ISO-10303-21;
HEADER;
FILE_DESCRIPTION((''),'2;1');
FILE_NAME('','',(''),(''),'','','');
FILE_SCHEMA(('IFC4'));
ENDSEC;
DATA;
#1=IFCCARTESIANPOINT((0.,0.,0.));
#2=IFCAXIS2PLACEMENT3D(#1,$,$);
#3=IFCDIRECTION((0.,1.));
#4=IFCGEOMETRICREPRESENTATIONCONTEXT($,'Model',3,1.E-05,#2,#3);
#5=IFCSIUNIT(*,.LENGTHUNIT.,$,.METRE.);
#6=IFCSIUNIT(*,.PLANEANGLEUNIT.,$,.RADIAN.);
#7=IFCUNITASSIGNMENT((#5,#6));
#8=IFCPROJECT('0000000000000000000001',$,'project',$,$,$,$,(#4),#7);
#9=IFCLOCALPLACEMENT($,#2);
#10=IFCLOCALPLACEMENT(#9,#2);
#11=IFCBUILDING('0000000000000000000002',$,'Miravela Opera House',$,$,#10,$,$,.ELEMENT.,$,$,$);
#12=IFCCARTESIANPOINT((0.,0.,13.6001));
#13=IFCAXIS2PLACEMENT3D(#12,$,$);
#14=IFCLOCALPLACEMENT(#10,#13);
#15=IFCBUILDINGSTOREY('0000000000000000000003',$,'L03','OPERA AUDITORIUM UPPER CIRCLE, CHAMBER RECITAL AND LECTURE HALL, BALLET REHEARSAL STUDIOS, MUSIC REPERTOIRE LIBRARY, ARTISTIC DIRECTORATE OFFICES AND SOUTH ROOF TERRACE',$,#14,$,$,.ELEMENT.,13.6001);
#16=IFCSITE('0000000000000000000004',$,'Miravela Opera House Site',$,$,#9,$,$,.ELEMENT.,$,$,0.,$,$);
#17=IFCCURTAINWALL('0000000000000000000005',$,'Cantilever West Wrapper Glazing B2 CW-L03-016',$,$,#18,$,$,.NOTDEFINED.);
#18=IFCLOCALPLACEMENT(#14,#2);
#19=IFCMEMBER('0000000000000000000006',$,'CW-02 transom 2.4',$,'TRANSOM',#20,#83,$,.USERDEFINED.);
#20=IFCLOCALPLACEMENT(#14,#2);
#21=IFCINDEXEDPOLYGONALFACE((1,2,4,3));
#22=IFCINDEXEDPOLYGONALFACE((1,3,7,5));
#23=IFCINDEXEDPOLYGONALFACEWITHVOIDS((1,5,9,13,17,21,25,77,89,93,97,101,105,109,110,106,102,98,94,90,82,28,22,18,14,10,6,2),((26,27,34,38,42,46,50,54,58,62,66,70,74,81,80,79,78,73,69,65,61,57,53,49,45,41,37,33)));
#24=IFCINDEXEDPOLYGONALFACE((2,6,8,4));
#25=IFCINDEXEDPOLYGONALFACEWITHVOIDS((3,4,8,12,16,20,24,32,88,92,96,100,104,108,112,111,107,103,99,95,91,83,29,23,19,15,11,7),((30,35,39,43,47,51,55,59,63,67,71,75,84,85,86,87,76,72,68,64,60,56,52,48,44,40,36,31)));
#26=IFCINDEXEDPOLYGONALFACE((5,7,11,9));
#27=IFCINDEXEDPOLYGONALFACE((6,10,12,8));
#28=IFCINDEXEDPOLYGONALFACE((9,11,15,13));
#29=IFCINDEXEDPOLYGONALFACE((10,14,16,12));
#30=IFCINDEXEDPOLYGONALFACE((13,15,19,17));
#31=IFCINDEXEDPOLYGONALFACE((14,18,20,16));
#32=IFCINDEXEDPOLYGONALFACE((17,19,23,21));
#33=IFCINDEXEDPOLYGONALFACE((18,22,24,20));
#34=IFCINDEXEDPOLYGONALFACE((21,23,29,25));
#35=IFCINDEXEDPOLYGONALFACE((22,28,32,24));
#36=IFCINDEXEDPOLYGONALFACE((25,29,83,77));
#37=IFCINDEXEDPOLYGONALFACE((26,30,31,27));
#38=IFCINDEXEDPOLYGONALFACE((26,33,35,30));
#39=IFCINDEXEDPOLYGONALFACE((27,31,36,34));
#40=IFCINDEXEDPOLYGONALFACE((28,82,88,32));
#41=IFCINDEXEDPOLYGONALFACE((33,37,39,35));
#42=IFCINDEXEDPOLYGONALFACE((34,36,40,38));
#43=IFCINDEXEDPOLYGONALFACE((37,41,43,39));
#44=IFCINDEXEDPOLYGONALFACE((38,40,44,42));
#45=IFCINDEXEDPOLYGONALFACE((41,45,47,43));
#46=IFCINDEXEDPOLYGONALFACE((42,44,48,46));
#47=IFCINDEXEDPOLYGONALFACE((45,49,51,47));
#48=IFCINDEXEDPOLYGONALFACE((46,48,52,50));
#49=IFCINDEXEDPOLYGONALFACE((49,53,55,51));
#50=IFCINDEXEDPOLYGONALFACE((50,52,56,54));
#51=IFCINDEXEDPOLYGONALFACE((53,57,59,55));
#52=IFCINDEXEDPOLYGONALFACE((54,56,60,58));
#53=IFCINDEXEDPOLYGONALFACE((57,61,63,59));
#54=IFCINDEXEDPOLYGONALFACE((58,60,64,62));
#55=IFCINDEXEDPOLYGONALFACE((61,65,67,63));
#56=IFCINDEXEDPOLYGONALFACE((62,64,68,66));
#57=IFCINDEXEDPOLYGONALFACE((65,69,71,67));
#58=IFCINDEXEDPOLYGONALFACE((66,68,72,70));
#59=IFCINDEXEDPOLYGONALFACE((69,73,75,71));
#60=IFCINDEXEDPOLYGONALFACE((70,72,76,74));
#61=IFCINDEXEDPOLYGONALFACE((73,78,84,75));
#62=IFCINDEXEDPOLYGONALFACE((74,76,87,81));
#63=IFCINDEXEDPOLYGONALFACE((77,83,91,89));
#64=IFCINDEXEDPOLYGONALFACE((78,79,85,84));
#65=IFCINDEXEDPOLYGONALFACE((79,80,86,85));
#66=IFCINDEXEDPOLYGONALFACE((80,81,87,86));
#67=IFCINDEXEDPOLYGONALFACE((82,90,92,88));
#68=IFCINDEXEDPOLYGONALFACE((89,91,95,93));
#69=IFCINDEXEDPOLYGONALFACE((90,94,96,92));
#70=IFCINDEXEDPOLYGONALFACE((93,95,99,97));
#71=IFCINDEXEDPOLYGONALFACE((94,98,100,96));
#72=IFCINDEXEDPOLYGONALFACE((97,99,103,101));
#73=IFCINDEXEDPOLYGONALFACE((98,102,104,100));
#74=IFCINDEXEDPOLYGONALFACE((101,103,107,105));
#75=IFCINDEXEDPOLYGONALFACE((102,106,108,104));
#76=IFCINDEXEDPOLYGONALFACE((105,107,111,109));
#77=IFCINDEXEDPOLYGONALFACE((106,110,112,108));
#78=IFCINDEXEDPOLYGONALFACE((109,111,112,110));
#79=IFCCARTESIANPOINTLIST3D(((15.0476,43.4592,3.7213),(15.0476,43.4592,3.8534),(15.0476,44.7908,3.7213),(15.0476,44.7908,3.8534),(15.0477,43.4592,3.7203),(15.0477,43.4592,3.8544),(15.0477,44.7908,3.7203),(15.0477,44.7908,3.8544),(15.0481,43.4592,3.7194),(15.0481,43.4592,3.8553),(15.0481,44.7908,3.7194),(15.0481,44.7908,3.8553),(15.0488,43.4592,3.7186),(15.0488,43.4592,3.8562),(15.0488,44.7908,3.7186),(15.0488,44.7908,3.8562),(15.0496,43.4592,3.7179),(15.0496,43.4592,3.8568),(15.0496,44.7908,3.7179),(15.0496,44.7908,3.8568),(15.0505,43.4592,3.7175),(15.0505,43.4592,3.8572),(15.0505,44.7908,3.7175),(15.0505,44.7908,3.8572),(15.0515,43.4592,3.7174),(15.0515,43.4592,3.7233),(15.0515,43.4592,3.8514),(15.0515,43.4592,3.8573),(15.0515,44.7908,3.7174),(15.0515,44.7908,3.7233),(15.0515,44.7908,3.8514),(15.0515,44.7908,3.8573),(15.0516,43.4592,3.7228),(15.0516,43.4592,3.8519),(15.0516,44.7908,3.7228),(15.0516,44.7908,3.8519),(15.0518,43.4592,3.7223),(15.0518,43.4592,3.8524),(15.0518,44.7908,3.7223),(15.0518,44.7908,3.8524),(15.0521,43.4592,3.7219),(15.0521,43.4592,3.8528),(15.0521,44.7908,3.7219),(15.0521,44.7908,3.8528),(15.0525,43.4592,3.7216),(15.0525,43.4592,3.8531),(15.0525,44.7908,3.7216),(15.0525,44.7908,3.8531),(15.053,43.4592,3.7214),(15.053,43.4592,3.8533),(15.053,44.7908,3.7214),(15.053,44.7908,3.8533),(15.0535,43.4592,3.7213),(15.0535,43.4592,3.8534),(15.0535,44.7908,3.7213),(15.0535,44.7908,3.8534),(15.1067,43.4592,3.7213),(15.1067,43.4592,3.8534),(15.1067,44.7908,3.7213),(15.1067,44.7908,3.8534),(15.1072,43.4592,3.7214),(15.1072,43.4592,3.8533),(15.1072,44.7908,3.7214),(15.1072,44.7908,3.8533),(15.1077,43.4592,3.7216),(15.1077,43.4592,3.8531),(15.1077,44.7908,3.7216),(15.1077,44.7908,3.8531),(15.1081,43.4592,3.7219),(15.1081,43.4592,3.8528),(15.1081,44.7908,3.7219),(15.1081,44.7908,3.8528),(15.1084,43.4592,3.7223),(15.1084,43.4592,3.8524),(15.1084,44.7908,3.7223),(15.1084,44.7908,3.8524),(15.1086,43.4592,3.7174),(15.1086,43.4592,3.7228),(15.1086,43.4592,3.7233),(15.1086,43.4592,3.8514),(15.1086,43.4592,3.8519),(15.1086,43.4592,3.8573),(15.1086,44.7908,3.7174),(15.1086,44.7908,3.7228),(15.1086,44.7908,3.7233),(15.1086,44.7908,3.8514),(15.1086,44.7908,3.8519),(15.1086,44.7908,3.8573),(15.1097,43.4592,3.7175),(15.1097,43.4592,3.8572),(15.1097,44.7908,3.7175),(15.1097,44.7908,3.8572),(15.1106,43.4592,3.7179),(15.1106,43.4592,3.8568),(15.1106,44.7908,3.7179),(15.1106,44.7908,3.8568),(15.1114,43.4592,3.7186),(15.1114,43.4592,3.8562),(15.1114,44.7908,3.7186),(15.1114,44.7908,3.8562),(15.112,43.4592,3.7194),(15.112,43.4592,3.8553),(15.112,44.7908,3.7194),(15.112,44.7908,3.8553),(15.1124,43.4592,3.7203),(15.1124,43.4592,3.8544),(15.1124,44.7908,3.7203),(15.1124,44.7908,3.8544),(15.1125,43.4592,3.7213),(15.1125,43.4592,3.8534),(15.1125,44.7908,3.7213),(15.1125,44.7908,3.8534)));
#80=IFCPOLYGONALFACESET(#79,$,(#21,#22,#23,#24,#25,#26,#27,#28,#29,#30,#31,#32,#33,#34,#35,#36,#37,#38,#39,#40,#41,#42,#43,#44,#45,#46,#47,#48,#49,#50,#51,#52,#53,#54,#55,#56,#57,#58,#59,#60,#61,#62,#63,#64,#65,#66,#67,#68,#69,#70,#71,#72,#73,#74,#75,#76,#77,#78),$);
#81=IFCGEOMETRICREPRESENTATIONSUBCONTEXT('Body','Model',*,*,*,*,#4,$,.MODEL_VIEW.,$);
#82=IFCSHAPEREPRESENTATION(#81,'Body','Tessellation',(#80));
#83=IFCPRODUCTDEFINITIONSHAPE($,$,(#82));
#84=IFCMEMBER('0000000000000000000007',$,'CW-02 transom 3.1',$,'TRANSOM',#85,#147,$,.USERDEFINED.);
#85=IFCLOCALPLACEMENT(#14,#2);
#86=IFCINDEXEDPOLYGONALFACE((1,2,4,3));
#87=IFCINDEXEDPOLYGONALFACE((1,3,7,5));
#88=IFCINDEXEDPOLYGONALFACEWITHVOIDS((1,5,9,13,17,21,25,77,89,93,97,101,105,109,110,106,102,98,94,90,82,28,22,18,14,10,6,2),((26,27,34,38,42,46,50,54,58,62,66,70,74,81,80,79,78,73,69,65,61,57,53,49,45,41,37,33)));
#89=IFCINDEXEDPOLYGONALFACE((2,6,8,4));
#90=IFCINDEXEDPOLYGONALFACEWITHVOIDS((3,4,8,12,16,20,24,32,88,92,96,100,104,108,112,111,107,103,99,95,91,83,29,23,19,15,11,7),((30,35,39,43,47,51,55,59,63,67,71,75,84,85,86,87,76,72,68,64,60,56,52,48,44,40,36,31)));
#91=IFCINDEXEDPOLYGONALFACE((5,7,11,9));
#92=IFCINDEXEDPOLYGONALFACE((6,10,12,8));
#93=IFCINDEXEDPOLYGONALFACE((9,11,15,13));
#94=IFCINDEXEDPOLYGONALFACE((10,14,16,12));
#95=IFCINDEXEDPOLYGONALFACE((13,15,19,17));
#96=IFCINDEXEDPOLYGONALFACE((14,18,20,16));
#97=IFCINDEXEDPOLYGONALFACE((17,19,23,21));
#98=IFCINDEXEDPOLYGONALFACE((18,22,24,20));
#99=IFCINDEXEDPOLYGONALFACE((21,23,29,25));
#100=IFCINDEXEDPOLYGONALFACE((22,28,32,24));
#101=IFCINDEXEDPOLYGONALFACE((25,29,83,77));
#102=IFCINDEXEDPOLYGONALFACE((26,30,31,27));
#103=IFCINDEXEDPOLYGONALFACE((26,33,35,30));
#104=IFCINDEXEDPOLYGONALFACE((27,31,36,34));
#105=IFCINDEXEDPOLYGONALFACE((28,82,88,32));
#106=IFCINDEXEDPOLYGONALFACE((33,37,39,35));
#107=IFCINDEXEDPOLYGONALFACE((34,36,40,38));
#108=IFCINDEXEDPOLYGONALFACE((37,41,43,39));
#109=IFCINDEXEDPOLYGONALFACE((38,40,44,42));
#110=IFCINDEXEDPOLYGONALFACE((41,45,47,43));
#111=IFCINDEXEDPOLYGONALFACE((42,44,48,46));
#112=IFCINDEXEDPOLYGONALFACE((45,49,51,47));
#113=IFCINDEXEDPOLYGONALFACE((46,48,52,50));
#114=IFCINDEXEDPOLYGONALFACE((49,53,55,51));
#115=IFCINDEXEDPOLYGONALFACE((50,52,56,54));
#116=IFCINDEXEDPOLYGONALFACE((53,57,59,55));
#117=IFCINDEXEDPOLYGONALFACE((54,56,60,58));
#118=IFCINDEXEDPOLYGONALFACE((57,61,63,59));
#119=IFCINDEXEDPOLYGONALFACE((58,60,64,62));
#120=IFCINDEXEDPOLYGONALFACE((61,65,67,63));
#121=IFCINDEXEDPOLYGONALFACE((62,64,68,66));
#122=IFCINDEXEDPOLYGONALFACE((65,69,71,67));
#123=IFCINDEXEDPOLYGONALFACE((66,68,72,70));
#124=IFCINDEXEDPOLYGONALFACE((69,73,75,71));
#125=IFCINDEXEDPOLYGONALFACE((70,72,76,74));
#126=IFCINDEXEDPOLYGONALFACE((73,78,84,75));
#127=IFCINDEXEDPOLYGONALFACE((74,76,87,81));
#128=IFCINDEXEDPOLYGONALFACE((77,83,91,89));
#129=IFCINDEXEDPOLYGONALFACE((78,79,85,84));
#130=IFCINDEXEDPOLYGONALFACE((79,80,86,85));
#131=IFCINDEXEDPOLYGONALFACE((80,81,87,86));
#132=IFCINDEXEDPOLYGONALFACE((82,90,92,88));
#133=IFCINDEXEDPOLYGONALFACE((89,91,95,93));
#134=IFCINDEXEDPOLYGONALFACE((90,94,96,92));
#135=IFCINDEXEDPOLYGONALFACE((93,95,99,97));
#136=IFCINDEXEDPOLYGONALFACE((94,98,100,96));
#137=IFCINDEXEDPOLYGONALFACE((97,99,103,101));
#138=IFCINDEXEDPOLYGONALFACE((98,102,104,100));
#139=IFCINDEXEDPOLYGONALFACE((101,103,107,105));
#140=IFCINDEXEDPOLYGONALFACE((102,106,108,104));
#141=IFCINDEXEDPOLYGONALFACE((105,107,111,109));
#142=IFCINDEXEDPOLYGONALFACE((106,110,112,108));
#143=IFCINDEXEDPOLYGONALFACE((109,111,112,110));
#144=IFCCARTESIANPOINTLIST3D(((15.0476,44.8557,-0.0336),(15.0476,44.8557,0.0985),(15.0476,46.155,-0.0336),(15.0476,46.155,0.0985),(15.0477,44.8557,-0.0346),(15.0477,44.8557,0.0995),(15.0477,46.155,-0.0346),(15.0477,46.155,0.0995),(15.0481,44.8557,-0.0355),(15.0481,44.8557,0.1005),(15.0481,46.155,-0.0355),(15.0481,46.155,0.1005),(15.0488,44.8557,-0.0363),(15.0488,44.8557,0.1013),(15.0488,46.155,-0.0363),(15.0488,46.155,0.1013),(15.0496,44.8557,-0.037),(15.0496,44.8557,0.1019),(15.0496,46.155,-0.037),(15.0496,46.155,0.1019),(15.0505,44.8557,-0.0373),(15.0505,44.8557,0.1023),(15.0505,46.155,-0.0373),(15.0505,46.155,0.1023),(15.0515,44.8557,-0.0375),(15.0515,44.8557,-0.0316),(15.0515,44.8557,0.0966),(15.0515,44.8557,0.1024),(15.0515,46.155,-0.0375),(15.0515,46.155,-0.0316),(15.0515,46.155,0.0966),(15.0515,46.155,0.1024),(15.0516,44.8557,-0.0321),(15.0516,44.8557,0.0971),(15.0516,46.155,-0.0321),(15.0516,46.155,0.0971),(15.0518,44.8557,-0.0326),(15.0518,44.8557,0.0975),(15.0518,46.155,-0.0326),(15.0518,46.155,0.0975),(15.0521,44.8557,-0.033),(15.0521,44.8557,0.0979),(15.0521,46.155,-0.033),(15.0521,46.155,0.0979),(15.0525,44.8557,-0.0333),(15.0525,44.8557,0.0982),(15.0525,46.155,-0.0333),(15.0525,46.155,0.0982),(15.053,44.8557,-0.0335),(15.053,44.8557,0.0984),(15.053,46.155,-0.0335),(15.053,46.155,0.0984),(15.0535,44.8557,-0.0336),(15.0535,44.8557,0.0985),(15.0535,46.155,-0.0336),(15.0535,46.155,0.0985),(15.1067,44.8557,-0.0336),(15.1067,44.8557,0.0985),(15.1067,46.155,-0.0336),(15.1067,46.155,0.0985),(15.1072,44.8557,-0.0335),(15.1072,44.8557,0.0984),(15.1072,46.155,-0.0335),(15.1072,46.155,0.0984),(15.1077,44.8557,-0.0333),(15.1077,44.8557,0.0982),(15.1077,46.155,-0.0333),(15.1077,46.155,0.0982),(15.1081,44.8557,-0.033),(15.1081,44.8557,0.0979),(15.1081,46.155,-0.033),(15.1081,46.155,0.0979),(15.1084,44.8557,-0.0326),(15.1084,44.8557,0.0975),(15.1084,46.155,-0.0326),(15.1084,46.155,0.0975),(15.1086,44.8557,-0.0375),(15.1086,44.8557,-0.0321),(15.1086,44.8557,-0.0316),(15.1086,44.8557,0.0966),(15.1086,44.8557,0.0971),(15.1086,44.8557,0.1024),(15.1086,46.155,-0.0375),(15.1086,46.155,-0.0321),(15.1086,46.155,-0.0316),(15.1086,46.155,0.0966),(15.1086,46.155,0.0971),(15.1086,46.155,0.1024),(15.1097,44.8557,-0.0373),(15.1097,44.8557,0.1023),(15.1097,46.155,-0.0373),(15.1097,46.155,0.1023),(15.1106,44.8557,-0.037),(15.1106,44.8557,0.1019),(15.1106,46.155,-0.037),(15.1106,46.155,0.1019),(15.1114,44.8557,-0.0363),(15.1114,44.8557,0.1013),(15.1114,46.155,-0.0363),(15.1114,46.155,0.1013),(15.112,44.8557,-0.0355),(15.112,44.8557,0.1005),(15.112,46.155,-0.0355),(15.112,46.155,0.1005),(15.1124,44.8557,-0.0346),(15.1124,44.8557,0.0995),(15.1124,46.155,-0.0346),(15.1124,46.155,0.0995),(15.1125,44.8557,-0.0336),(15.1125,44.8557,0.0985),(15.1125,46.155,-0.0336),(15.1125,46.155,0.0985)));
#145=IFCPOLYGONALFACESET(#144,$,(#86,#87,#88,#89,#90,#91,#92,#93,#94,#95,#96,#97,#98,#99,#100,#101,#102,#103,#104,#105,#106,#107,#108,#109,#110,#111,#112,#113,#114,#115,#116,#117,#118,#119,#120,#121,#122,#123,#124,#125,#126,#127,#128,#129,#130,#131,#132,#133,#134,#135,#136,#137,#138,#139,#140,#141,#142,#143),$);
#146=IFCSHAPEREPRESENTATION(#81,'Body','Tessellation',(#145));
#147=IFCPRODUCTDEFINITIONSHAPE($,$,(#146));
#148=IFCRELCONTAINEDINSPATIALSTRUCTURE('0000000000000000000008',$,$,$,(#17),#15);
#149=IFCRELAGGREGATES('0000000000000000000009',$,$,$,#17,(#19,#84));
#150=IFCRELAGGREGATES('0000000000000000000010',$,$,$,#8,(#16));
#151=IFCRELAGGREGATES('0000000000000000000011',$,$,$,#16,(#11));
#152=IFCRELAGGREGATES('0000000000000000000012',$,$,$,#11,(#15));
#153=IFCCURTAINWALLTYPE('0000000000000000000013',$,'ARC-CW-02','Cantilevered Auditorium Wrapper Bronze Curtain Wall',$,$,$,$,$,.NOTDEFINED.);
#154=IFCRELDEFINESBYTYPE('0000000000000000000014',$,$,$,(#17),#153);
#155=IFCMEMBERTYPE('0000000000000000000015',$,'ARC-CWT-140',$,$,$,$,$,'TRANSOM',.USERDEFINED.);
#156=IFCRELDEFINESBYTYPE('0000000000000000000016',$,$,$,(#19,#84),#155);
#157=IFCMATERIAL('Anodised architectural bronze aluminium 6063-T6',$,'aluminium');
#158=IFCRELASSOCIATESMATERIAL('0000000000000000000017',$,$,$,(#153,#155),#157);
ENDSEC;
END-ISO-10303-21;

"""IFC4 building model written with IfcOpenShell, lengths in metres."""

from ifc_helpers import new_model, si_unit, direction, frame, origin, origin_2d, place, context, subcontext, project, spatial, hollow_rectangle, extrude, material, material_profile, profile_set, type_object, element, aggregate, save


model = new_model("IFC4")

# Units and contexts
model_context = context("Model", 3, precision=1e-05, world=origin(), true_north=direction((0.0, 1.0)))
body_context = subcontext(model_context, "Body", "Model", "MODEL_VIEW")
ifc_project = project(units=[si_unit("LENGTHUNIT", "METRE"), si_unit("PLANEANGLEUNIT", "RADIAN")], contexts=[model_context])

# Site, building, storey
site_placement = place(None, origin())
site = spatial("IfcSite", under=ifc_project, at=site_placement, Name="Miravela Opera House Site", CompositionType="ELEMENT", RefElevation=0.0)
building_placement = place(site_placement, origin())
building = spatial("IfcBuilding", under=site, at=building_placement, Name="Miravela Opera House", CompositionType="ELEMENT")
storey_placement = place(building_placement, frame((0.0, 0.0, 13.6001)))
storey = spatial("IfcBuildingStorey", under=building, at=storey_placement, Name="L03", Description="OPERA AUDITORIUM UPPER CIRCLE, CHAMBER RECITAL AND LECTURE HALL, BALLET REHEARSAL STUDIOS, MUSIC REPERTOIRE LIBRARY, ARTISTIC DIRECTORATE OFFICES AND SOUTH ROOF TERRACE", CompositionType="ELEMENT", Elevation=13.6001)

# Curtain wall
ifc_material_1 = material(Name="Anodised architectural bronze aluminium 6063-T6", Category="aluminium")
curtain_wall_type = type_object("IfcCurtainWallType", Name="ARC-CW-02", Description="Cantilevered Auditorium Wrapper Bronze Curtain Wall", PredefinedType="NOTDEFINED", material=ifc_material_1)
curtain_wall_1_placement = place(storey_placement, origin())
curtain_wall_1 = element("IfcCurtainWall", 1, at=curtain_wall_1_placement, inside=storey, type_object=curtain_wall_type, Name="Cantilever West Wrapper Glazing B2 CW-L03-016", PredefinedType="NOTDEFINED")

# Members
ifc_material_profile_1 = material_profile(ifc_material_1, hollow_rectangle(XDim=0.0649, YDim=0.1399, WallThickness=0.0039, InnerFilletRadius=0.002, OuterFilletRadius=0.0039, at=origin_2d()), Name="CWT-65X140")
ifc_profile_set_1 = profile_set([ifc_material_profile_1])
member_type_1 = type_object("IfcMemberType", Name="ARC-CWT-140", ElementType="TRANSOM", PredefinedType="USERDEFINED", material=ifc_profile_set_1)
member_1_placement = place(storey_placement, frame((15.0801, 43.4592, 3.7874), z_axis=(0.0, 1.0, 0.0), x_axis=(-1.0, 0.0, 0.0)))
member_1 = element("IfcMember", 2, at=member_1_placement, type_object=member_type_1, Name="CW-02 transom 2.4", ObjectType="TRANSOM", PredefinedType="USERDEFINED", context=body_context, shape_type="SweptSolid", body=[
    extrude(hollow_rectangle(XDim=0.0649, YDim=0.1399, WallThickness=0.0039, InnerFilletRadius=0.002, OuterFilletRadius=0.0039, at=origin_2d()), origin(), (0.0, 0.0, 1.0), 1.3315),
])
member_2_placement = place(storey_placement, frame((15.0801, 44.8557, 0.0325), z_axis=(0.0, 1.0, 0.0), x_axis=(-1.0, 0.0, 0.0)))
member_2 = element("IfcMember", 3, at=member_2_placement, type_object=member_type_1, Name="CW-02 transom 3.1", ObjectType="TRANSOM", PredefinedType="USERDEFINED", context=body_context, shape_type="SweptSolid", body=[
    extrude(hollow_rectangle(XDim=0.0649, YDim=0.1399, WallThickness=0.0039, InnerFilletRadius=0.002, OuterFilletRadius=0.0039, at=origin_2d()), origin(), (0.0, 0.0, 1.0), 1.2993),
])

aggregate(curtain_wall_1, [member_1, member_2])

save(model, "model.ifc")
